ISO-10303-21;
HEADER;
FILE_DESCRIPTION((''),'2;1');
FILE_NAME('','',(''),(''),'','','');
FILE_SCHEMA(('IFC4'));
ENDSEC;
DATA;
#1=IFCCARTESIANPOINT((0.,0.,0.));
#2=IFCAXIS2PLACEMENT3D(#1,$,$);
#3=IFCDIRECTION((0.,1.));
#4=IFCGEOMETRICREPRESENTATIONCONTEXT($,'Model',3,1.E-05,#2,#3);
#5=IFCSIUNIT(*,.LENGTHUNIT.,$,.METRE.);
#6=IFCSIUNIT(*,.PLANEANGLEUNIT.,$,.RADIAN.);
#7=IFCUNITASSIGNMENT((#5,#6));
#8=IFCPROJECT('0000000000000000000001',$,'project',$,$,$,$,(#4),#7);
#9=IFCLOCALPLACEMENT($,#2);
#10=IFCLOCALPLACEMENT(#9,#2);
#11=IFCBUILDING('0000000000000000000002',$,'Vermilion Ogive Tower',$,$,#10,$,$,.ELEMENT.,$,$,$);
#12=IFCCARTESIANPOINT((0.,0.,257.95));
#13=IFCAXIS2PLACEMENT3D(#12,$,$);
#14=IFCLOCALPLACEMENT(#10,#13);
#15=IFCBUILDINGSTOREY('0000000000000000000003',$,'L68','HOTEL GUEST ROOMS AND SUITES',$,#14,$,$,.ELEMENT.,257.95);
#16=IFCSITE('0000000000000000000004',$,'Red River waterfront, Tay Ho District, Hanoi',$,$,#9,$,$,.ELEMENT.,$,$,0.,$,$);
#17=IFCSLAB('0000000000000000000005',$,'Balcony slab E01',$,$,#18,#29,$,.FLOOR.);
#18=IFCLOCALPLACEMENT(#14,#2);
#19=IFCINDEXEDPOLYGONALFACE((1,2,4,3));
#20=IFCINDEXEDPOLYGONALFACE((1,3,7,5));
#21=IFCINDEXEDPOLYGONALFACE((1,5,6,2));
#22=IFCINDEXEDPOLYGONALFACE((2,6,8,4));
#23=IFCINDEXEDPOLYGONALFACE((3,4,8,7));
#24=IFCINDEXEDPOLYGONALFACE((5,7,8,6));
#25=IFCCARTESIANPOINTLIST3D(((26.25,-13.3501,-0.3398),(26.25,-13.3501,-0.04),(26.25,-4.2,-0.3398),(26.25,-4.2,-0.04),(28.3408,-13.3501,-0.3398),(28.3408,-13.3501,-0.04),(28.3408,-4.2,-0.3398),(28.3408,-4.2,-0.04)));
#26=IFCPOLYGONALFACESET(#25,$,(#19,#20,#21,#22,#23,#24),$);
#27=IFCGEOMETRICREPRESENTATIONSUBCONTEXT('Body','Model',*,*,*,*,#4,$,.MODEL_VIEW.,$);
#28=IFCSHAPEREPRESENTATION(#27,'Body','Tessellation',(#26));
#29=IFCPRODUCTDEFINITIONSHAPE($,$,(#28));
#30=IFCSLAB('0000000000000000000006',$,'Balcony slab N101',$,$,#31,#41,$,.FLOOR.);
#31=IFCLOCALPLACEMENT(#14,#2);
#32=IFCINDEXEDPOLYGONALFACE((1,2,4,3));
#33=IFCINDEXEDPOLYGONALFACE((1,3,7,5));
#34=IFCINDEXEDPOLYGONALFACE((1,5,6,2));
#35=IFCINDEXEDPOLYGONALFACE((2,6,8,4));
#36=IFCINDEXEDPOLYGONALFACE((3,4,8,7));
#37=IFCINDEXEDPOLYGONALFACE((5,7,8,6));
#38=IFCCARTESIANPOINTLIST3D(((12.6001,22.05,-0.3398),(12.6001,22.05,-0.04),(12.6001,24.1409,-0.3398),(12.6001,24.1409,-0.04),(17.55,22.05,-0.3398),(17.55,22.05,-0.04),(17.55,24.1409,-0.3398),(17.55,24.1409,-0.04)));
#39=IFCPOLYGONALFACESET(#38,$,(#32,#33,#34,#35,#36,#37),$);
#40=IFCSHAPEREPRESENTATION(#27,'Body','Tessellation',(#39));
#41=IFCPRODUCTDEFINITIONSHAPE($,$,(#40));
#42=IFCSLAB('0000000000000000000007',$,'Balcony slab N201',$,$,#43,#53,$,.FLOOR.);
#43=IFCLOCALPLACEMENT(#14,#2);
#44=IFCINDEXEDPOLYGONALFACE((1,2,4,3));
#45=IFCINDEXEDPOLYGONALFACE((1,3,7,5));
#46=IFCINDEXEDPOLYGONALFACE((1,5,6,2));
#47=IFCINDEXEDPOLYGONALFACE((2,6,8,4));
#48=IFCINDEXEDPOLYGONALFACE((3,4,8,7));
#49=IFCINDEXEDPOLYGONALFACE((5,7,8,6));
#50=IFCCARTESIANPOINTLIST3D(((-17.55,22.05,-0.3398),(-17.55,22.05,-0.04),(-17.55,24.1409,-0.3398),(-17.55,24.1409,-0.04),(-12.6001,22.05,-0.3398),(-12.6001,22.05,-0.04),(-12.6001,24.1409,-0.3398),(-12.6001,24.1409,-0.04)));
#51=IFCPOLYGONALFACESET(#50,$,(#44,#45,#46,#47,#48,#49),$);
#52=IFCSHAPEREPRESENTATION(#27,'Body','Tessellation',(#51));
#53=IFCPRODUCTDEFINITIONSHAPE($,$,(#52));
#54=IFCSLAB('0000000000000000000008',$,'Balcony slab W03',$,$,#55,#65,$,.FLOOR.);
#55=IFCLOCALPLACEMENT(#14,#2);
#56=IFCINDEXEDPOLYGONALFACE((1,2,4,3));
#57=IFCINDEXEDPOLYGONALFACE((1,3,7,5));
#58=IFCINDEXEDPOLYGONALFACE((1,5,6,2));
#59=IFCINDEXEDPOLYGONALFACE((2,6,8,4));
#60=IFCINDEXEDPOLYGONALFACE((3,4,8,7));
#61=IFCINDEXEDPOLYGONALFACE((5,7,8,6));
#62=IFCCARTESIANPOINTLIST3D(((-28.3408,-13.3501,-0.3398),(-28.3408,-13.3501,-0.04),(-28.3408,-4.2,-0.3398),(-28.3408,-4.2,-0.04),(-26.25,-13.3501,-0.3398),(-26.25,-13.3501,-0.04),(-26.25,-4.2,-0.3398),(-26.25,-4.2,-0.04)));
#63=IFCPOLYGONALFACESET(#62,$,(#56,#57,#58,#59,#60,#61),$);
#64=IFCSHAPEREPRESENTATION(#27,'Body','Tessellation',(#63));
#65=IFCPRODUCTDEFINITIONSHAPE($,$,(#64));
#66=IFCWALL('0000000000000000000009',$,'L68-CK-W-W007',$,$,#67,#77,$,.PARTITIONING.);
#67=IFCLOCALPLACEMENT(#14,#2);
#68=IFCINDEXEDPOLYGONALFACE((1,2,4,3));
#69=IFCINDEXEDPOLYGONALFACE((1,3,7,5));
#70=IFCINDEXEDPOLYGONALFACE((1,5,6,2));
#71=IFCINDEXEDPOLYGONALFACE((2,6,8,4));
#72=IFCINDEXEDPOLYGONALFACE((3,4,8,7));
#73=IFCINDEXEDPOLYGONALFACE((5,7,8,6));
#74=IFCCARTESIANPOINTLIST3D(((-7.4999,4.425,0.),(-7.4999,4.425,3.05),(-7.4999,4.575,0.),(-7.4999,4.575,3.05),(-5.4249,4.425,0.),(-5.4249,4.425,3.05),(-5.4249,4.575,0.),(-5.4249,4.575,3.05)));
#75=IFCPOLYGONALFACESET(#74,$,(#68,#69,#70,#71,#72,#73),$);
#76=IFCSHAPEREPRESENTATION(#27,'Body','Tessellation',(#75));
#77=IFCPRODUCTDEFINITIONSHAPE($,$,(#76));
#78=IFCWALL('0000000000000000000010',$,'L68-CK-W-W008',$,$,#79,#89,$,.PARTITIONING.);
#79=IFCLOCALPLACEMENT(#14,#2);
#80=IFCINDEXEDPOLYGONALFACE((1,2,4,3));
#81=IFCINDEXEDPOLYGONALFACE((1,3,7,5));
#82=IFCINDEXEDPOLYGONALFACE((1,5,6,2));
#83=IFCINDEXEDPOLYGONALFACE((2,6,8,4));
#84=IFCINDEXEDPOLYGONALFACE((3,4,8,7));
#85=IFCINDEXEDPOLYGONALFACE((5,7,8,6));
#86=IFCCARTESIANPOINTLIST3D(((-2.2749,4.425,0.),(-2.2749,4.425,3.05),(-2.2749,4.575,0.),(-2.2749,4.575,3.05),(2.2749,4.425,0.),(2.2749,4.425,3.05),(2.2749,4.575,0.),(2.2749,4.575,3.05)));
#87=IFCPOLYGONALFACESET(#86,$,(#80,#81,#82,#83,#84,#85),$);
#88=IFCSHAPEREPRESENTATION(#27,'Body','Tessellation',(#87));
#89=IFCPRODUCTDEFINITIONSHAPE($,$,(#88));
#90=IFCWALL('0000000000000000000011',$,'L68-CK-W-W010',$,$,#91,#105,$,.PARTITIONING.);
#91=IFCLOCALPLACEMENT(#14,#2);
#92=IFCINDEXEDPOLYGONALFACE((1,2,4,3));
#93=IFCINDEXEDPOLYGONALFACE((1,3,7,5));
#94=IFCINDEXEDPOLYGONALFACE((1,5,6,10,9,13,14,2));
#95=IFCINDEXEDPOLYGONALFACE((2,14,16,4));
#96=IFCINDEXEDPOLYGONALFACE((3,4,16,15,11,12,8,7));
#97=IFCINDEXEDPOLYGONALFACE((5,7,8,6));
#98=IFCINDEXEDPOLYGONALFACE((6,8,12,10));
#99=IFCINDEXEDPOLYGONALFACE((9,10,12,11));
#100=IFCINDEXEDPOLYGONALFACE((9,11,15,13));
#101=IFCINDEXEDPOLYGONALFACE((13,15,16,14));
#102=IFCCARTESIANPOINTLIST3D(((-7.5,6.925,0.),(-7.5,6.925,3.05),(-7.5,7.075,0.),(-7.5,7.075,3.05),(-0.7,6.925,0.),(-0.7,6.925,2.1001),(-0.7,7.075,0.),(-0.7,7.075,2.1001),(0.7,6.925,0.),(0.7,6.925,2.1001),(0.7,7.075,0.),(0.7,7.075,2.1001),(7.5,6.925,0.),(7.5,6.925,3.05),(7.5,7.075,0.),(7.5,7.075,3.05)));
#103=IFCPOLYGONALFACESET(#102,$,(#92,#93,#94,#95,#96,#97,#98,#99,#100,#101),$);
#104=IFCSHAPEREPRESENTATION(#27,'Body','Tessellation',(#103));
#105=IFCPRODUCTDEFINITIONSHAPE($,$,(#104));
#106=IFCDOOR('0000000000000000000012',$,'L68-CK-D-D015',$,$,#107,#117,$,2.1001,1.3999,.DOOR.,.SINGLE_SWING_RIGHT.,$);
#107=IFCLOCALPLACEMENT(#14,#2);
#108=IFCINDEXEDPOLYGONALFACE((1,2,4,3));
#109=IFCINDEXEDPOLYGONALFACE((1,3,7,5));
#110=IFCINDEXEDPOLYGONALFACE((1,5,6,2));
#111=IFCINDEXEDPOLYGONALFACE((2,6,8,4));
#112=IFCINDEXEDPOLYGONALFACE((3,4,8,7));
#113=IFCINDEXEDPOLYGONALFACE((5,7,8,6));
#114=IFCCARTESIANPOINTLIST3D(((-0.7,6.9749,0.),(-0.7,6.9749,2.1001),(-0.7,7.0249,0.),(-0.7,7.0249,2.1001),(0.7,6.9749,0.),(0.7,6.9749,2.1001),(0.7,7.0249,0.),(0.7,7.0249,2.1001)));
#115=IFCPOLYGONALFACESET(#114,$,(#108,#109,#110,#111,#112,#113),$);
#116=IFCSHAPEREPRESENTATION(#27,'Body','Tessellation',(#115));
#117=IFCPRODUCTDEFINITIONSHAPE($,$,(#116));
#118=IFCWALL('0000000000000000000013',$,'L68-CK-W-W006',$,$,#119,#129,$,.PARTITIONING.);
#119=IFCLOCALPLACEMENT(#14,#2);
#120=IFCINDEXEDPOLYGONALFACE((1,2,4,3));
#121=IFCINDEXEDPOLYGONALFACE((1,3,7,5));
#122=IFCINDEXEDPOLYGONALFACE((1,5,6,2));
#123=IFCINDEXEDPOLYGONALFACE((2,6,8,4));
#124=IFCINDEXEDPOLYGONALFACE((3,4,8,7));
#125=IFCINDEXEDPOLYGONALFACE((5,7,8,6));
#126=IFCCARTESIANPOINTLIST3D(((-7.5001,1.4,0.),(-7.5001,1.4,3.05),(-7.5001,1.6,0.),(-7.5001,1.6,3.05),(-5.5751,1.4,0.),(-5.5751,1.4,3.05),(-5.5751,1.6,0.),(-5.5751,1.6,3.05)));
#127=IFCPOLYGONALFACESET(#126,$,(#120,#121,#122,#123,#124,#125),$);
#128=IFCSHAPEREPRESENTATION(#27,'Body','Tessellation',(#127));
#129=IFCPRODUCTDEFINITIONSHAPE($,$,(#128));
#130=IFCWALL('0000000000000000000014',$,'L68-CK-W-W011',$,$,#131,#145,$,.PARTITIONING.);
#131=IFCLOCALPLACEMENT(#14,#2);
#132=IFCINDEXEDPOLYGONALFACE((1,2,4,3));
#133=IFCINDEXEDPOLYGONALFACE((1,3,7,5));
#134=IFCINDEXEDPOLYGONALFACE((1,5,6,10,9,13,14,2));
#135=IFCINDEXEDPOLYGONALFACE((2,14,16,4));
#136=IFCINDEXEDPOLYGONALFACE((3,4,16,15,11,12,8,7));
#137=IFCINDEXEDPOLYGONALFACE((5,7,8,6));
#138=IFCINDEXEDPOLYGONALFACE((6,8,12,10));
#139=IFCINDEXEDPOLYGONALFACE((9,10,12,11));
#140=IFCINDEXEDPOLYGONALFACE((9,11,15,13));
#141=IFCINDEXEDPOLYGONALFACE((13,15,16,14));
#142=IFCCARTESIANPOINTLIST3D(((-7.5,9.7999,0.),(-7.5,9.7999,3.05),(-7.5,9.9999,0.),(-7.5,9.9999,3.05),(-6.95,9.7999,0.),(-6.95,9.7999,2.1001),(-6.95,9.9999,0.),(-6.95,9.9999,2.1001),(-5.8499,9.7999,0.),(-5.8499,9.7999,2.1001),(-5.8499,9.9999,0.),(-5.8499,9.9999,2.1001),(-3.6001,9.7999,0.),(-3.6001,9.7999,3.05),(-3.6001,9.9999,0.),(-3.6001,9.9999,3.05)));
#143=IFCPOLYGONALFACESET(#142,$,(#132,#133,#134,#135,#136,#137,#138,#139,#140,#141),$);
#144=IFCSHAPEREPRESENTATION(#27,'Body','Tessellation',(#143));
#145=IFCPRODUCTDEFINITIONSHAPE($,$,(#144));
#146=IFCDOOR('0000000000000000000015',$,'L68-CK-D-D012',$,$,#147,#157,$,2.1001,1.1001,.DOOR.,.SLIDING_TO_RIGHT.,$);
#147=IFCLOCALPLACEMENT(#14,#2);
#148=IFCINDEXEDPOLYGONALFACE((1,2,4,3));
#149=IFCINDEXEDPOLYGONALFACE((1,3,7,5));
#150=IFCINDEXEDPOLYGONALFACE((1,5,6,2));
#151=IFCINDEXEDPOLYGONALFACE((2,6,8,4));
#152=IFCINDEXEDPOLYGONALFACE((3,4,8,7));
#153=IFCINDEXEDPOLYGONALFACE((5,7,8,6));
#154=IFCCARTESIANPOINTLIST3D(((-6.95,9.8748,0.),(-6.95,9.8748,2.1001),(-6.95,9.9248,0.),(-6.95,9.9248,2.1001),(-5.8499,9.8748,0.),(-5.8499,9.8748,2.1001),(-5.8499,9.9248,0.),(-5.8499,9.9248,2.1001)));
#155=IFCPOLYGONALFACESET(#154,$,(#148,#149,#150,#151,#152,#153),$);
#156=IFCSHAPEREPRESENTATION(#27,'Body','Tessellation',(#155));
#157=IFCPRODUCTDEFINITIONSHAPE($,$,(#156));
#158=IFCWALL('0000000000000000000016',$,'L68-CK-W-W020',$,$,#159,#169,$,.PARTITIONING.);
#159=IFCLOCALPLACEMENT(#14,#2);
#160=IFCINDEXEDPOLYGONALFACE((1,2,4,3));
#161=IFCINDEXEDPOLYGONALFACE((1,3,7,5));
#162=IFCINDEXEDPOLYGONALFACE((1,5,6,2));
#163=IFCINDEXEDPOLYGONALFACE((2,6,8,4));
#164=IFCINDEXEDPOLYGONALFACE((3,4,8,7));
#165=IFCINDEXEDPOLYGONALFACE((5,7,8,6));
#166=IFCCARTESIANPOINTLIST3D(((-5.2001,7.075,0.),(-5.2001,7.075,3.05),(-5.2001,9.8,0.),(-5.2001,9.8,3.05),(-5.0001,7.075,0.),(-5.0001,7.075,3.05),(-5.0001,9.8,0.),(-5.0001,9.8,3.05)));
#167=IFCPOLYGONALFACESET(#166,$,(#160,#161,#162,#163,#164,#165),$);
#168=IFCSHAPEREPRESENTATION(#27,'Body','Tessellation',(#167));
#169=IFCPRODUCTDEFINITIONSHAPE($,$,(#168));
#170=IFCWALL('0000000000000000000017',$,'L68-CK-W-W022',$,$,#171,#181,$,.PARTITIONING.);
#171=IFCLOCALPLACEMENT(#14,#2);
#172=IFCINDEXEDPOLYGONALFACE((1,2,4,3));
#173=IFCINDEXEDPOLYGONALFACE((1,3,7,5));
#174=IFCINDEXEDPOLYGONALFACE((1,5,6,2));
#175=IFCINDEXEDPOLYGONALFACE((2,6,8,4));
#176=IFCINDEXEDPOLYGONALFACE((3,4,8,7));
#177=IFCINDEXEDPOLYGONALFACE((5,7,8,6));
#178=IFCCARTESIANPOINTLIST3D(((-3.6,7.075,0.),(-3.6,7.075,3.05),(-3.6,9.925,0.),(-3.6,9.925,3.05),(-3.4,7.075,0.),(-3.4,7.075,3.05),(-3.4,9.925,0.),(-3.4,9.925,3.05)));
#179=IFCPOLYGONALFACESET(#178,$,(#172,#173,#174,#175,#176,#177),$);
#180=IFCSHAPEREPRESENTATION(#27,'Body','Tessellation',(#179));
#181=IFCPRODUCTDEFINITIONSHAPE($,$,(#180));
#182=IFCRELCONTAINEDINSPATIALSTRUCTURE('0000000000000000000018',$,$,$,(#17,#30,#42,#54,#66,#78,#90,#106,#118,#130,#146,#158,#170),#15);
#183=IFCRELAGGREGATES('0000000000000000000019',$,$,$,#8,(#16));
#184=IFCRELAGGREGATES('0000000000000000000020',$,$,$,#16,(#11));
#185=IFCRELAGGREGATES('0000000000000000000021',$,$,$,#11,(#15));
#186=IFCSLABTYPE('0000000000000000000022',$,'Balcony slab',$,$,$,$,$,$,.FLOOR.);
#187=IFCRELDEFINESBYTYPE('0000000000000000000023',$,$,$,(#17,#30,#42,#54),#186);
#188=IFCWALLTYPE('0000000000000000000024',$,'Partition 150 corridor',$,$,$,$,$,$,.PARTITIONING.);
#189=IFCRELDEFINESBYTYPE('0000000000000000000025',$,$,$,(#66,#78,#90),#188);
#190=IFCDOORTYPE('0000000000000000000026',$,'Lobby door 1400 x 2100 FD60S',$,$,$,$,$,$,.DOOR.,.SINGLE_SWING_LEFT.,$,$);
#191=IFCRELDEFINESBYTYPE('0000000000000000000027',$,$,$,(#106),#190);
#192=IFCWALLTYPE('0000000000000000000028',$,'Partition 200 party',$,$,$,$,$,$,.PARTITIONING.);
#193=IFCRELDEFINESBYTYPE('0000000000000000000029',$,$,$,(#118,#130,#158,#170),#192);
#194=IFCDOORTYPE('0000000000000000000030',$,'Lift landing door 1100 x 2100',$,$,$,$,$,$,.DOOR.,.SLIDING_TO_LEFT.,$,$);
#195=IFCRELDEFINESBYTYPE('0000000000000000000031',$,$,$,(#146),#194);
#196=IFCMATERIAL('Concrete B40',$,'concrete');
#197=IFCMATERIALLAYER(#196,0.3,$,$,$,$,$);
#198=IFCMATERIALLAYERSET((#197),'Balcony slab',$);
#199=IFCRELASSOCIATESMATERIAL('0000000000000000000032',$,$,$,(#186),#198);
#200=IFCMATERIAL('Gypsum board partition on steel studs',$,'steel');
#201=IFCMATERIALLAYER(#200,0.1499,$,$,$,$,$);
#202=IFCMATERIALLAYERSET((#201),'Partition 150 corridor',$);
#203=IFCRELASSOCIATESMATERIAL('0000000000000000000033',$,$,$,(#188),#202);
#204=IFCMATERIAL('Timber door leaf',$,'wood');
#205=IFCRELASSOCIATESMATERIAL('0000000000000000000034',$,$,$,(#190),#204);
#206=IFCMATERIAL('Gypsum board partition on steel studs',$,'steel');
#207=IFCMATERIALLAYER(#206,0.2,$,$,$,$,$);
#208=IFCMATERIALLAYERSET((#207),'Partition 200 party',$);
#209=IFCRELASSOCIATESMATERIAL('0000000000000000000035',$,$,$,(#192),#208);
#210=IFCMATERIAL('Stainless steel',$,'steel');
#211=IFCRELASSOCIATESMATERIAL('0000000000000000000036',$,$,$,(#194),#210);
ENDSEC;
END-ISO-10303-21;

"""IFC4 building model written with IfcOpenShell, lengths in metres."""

from ifc_helpers import new_model, si_unit, direction, frame, frame_2d, origin, place, context, subcontext, project, spatial, polyline, rectangle, outline, extrude, material, layer, layer_set, type_object, element, fill, save


model = new_model("IFC4")

# Units and contexts
model_context = context("Model", 3, precision=1e-05, world=origin(), true_north=direction((0.0, 1.0)))
body_context = subcontext(model_context, "Body", "Model", "MODEL_VIEW")
ifc_project = project(units=[si_unit("LENGTHUNIT", "METRE"), si_unit("PLANEANGLEUNIT", "RADIAN")], contexts=[model_context])

# Site, building, storey
site_placement = place(None, origin())
site = spatial("IfcSite", under=ifc_project, at=site_placement, Name="Red River waterfront, Tay Ho District, Hanoi", CompositionType="ELEMENT", RefElevation=0.0)
building_placement = place(site_placement, origin())
building = spatial("IfcBuilding", under=site, at=building_placement, Name="Vermilion Ogive Tower", CompositionType="ELEMENT")
storey_placement = place(building_placement, frame((0.0, 0.0, 257.95)))
storey = spatial("IfcBuildingStorey", under=building, at=storey_placement, Name="L68", Description="HOTEL GUEST ROOMS AND SUITES", CompositionType="ELEMENT", Elevation=257.95)

# Slabs
ifc_material_1 = material(Name="Concrete B40", Category="concrete")
ifc_layer_1 = layer(ifc_material_1, 0.3)
ifc_layer_set_1 = layer_set([ifc_layer_1], Name="Balcony slab")
slab_type = type_object("IfcSlabType", Name="Balcony slab", PredefinedType="FLOOR", material=ifc_layer_set_1)
slab_1_placement = place(storey_placement, frame((0.0, 0.0, -0.3398)))
element("IfcSlab", 1, at=slab_1_placement, inside=storey, type_object=slab_type, Name="Balcony slab E01", PredefinedType="FLOOR", context=body_context, shape_type="SweptSolid", body=[
    extrude(outline(polyline([(28.3408, -13.3501), (28.3408, -4.2), (26.25, -4.2), (26.25, -13.3501), (28.3408, -13.3501)])), origin(), (0.0, 0.0, 1.0), 0.2998),
])
slab_2_placement = place(storey_placement, frame((0.0, 0.0, -0.3398)))
element("IfcSlab", 2, at=slab_2_placement, inside=storey, type_object=slab_type, Name="Balcony slab N101", PredefinedType="FLOOR", context=body_context, shape_type="SweptSolid", body=[
    extrude(outline(polyline([(17.55, 24.1409), (12.6001, 24.1409), (12.6001, 22.05), (17.55, 22.05), (17.55, 24.1409)])), origin(), (0.0, 0.0, 1.0), 0.2998),
])
slab_3_placement = place(storey_placement, frame((0.0, 0.0, -0.3398)))
element("IfcSlab", 3, at=slab_3_placement, inside=storey, type_object=slab_type, Name="Balcony slab N201", PredefinedType="FLOOR", context=body_context, shape_type="SweptSolid", body=[
    extrude(outline(polyline([(-12.6001, 24.1409), (-17.55, 24.1409), (-17.55, 22.05), (-12.6001, 22.05), (-12.6001, 24.1409)])), origin(), (0.0, 0.0, 1.0), 0.2998),
])
slab_4_placement = place(storey_placement, frame((0.0, 0.0, -0.3398)))
element("IfcSlab", 4, at=slab_4_placement, inside=storey, type_object=slab_type, Name="Balcony slab W03", PredefinedType="FLOOR", context=body_context, shape_type="SweptSolid", body=[
    extrude(outline(polyline([(-28.3408, -4.2), (-28.3408, -13.3501), (-26.25, -13.3501), (-26.25, -4.2), (-28.3408, -4.2)])), origin(), (0.0, 0.0, 1.0), 0.2998),
])

# Walls
ifc_material_2 = material(Name="Gypsum board partition on steel studs", Category="steel")
ifc_layer_2 = layer(ifc_material_2, 0.1499)
ifc_layer_set_2 = layer_set([ifc_layer_2], Name="Partition 150 corridor")
wall_type_1 = type_object("IfcWallType", Name="Partition 150 corridor", PredefinedType="PARTITIONING", material=ifc_layer_set_2)
wall_1_placement = place(storey_placement, frame((-7.5, 4.5, 0.0), z_axis=(0.0, 0.0, 1.0), x_axis=(1.0, 0.0, 0.0)))
element("IfcWall", 5, at=wall_1_placement, inside=storey, type_object=wall_type_1, Name="L68-CK-W-W007", PredefinedType="PARTITIONING", context=body_context, shape_type="SweptSolid", body=[
    extrude(rectangle(XDim=2.075, YDim=0.1499, at=frame_2d((1.0376, 0.0))), origin(), (0.0, 0.0, 1.0), 3.05),
])
wall_2_placement = place(storey_placement, frame((-2.2749, 4.5, 0.0), z_axis=(0.0, 0.0, 1.0), x_axis=(1.0, 0.0, 0.0)))
element("IfcWall", 6, at=wall_2_placement, inside=storey, type_object=wall_type_1, Name="L68-CK-W-W008", PredefinedType="PARTITIONING", context=body_context, shape_type="SweptSolid", body=[
    extrude(rectangle(XDim=4.5498, YDim=0.1499, at=frame_2d((2.2749, 0.0))), origin(), (0.0, 0.0, 1.0), 3.05),
])

# Wall, opening, door
wall_3_placement = place(storey_placement, frame((-7.5, 7.0, 0.0), z_axis=(0.0, 0.0, 1.0), x_axis=(1.0, 0.0, 0.0)))
wall_3 = element("IfcWall", 7, at=wall_3_placement, inside=storey, type_object=wall_type_1, Name="L68-CK-W-W010", PredefinedType="PARTITIONING", context=body_context, shape_type="SweptSolid", body=[
    extrude(rectangle(XDim=15.0, YDim=0.1499, at=frame_2d((7.5, 0.0))), origin(), (0.0, 0.0, 1.0), 3.05),
])
opening_1_placement = place(wall_3_placement, frame((6.8, 0.0, 0.0)))
opening_1 = element("IfcOpeningElement", 8, at=opening_1_placement, cuts=wall_3, PredefinedType="OPENING", context=body_context, shape_type="SweptSolid", body=[
    extrude(rectangle(XDim=1.3999, YDim=2.1001, at=frame_2d((0.7, 1.05))), frame((0.0, 0.085, 0.0), z_axis=(0.0, -1.0, 0.0), x_axis=(1.0, 0.0, 0.0)), (0.0, 0.0, 1.0), 0.1699),
])
ifc_material_3 = material(Name="Timber door leaf", Category="wood")
door_type_1 = type_object("IfcDoorType", Name="Lobby door 1400 x 2100 FD60S", OperationType="SINGLE_SWING_LEFT", PredefinedType="DOOR", material=ifc_material_3)
door_1_placement = place(opening_1_placement, origin())
door_1 = element("IfcDoor", 9, at=door_1_placement, inside=storey, type_object=door_type_1, Name="L68-CK-D-D015", OperationType="SINGLE_SWING_RIGHT", OverallHeight=2.1001, OverallWidth=1.3999, PredefinedType="DOOR", context=body_context, shape_type="SweptSolid", body=[
    extrude(rectangle(XDim=1.3999, YDim=2.1001, at=frame_2d((0.7, 1.05))), frame((0.0, 0.0249, 0.0), z_axis=(0.0, -1.0, 0.0), x_axis=(1.0, 0.0, 0.0)), (0.0, 0.0, 1.0), 0.05),
])
fill(opening_1, door_1)

# Wall
ifc_material_4 = material(Name="Gypsum board partition on steel studs", Category="steel")
ifc_layer_3 = layer(ifc_material_4, 0.2)
ifc_layer_set_3 = layer_set([ifc_layer_3], Name="Partition 200 party")
wall_type_2 = type_object("IfcWallType", Name="Partition 200 party", PredefinedType="PARTITIONING", material=ifc_layer_set_3)
wall_4_placement = place(storey_placement, frame((-7.5, 1.5, 0.0), z_axis=(0.0, 0.0, 1.0), x_axis=(1.0, 0.0, 0.0)))
element("IfcWall", 10, at=wall_4_placement, inside=storey, type_object=wall_type_2, Name="L68-CK-W-W006", PredefinedType="PARTITIONING", context=body_context, shape_type="SweptSolid", body=[
    extrude(rectangle(XDim=1.925, YDim=0.2, at=frame_2d((0.9624, 0.0))), origin(), (0.0, 0.0, 1.0), 3.05),
])

# Wall, opening, door
wall_5_placement = place(storey_placement, frame((-7.5, 9.8999, 0.0), z_axis=(0.0, 0.0, 1.0), x_axis=(1.0, 0.0, 0.0)))
wall_5 = element("IfcWall", 11, at=wall_5_placement, inside=storey, type_object=wall_type_2, Name="L68-CK-W-W011", PredefinedType="PARTITIONING", context=body_context, shape_type="SweptSolid", body=[
    extrude(rectangle(XDim=3.8999, YDim=0.2, at=frame_2d((1.95, 0.0))), origin(), (0.0, 0.0, 1.0), 3.05),
])
opening_2_placement = place(wall_5_placement, frame((0.55, 0.0, 0.0)))
opening_2 = element("IfcOpeningElement", 12, at=opening_2_placement, cuts=wall_5, PredefinedType="OPENING", context=body_context, shape_type="SweptSolid", body=[
    extrude(rectangle(XDim=1.1001, YDim=2.1001, at=frame_2d((0.55, 1.05))), frame((0.0, 0.1099, 0.0), z_axis=(0.0, -1.0, 0.0), x_axis=(1.0, 0.0, 0.0)), (0.0, 0.0, 1.0), 0.22),
])
ifc_material_5 = material(Name="Stainless steel", Category="steel")
door_type_2 = type_object("IfcDoorType", Name="Lift landing door 1100 x 2100", OperationType="SLIDING_TO_LEFT", PredefinedType="DOOR", material=ifc_material_5)
door_2_placement = place(opening_2_placement, origin())
door_2 = element("IfcDoor", 13, at=door_2_placement, inside=storey, type_object=door_type_2, Name="L68-CK-D-D012", OperationType="SLIDING_TO_RIGHT", OverallHeight=2.1001, OverallWidth=1.1001, PredefinedType="DOOR", context=body_context, shape_type="SweptSolid", body=[
    extrude(rectangle(XDim=1.1001, YDim=2.1001, at=frame_2d((0.55, 1.05))), frame((0.0, 0.0249, 0.0), z_axis=(0.0, -1.0, 0.0), x_axis=(1.0, 0.0, 0.0)), (0.0, 0.0, 1.0), 0.05),
])
fill(opening_2, door_2)

# Walls
wall_6_placement = place(storey_placement, frame((-5.1001, 7.075, 0.0), z_axis=(0.0, 0.0, 1.0), x_axis=(0.0, 1.0, 0.0)))
element("IfcWall", 14, at=wall_6_placement, inside=storey, type_object=wall_type_2, Name="L68-CK-W-W020", PredefinedType="PARTITIONING", context=body_context, shape_type="SweptSolid", body=[
    extrude(rectangle(XDim=2.7251, YDim=0.2, at=frame_2d((1.3625, 0.0))), origin(), (0.0, 0.0, 1.0), 3.05),
])
for number, where, z_axis, x_axis, name in (
    (15, (-3.5, 7.075, 0.0), (0.0, 0.0, 1.0), (0.0, 1.0, 0.0), "L68-CK-W-W022"),
):
    element("IfcWall", number, at=place(storey_placement, frame(where, z_axis=z_axis, x_axis=x_axis)), inside=storey, type_object=wall_type_2, Name=name, PredefinedType="PARTITIONING", context=body_context, shape_type="SweptSolid", body=[
        extrude(rectangle(XDim=2.8501, YDim=0.2, at=frame_2d((1.425, 0.0))), origin(), (0.0, 0.0, 1.0), 3.05),
    ])

save(model, "model.ifc")
